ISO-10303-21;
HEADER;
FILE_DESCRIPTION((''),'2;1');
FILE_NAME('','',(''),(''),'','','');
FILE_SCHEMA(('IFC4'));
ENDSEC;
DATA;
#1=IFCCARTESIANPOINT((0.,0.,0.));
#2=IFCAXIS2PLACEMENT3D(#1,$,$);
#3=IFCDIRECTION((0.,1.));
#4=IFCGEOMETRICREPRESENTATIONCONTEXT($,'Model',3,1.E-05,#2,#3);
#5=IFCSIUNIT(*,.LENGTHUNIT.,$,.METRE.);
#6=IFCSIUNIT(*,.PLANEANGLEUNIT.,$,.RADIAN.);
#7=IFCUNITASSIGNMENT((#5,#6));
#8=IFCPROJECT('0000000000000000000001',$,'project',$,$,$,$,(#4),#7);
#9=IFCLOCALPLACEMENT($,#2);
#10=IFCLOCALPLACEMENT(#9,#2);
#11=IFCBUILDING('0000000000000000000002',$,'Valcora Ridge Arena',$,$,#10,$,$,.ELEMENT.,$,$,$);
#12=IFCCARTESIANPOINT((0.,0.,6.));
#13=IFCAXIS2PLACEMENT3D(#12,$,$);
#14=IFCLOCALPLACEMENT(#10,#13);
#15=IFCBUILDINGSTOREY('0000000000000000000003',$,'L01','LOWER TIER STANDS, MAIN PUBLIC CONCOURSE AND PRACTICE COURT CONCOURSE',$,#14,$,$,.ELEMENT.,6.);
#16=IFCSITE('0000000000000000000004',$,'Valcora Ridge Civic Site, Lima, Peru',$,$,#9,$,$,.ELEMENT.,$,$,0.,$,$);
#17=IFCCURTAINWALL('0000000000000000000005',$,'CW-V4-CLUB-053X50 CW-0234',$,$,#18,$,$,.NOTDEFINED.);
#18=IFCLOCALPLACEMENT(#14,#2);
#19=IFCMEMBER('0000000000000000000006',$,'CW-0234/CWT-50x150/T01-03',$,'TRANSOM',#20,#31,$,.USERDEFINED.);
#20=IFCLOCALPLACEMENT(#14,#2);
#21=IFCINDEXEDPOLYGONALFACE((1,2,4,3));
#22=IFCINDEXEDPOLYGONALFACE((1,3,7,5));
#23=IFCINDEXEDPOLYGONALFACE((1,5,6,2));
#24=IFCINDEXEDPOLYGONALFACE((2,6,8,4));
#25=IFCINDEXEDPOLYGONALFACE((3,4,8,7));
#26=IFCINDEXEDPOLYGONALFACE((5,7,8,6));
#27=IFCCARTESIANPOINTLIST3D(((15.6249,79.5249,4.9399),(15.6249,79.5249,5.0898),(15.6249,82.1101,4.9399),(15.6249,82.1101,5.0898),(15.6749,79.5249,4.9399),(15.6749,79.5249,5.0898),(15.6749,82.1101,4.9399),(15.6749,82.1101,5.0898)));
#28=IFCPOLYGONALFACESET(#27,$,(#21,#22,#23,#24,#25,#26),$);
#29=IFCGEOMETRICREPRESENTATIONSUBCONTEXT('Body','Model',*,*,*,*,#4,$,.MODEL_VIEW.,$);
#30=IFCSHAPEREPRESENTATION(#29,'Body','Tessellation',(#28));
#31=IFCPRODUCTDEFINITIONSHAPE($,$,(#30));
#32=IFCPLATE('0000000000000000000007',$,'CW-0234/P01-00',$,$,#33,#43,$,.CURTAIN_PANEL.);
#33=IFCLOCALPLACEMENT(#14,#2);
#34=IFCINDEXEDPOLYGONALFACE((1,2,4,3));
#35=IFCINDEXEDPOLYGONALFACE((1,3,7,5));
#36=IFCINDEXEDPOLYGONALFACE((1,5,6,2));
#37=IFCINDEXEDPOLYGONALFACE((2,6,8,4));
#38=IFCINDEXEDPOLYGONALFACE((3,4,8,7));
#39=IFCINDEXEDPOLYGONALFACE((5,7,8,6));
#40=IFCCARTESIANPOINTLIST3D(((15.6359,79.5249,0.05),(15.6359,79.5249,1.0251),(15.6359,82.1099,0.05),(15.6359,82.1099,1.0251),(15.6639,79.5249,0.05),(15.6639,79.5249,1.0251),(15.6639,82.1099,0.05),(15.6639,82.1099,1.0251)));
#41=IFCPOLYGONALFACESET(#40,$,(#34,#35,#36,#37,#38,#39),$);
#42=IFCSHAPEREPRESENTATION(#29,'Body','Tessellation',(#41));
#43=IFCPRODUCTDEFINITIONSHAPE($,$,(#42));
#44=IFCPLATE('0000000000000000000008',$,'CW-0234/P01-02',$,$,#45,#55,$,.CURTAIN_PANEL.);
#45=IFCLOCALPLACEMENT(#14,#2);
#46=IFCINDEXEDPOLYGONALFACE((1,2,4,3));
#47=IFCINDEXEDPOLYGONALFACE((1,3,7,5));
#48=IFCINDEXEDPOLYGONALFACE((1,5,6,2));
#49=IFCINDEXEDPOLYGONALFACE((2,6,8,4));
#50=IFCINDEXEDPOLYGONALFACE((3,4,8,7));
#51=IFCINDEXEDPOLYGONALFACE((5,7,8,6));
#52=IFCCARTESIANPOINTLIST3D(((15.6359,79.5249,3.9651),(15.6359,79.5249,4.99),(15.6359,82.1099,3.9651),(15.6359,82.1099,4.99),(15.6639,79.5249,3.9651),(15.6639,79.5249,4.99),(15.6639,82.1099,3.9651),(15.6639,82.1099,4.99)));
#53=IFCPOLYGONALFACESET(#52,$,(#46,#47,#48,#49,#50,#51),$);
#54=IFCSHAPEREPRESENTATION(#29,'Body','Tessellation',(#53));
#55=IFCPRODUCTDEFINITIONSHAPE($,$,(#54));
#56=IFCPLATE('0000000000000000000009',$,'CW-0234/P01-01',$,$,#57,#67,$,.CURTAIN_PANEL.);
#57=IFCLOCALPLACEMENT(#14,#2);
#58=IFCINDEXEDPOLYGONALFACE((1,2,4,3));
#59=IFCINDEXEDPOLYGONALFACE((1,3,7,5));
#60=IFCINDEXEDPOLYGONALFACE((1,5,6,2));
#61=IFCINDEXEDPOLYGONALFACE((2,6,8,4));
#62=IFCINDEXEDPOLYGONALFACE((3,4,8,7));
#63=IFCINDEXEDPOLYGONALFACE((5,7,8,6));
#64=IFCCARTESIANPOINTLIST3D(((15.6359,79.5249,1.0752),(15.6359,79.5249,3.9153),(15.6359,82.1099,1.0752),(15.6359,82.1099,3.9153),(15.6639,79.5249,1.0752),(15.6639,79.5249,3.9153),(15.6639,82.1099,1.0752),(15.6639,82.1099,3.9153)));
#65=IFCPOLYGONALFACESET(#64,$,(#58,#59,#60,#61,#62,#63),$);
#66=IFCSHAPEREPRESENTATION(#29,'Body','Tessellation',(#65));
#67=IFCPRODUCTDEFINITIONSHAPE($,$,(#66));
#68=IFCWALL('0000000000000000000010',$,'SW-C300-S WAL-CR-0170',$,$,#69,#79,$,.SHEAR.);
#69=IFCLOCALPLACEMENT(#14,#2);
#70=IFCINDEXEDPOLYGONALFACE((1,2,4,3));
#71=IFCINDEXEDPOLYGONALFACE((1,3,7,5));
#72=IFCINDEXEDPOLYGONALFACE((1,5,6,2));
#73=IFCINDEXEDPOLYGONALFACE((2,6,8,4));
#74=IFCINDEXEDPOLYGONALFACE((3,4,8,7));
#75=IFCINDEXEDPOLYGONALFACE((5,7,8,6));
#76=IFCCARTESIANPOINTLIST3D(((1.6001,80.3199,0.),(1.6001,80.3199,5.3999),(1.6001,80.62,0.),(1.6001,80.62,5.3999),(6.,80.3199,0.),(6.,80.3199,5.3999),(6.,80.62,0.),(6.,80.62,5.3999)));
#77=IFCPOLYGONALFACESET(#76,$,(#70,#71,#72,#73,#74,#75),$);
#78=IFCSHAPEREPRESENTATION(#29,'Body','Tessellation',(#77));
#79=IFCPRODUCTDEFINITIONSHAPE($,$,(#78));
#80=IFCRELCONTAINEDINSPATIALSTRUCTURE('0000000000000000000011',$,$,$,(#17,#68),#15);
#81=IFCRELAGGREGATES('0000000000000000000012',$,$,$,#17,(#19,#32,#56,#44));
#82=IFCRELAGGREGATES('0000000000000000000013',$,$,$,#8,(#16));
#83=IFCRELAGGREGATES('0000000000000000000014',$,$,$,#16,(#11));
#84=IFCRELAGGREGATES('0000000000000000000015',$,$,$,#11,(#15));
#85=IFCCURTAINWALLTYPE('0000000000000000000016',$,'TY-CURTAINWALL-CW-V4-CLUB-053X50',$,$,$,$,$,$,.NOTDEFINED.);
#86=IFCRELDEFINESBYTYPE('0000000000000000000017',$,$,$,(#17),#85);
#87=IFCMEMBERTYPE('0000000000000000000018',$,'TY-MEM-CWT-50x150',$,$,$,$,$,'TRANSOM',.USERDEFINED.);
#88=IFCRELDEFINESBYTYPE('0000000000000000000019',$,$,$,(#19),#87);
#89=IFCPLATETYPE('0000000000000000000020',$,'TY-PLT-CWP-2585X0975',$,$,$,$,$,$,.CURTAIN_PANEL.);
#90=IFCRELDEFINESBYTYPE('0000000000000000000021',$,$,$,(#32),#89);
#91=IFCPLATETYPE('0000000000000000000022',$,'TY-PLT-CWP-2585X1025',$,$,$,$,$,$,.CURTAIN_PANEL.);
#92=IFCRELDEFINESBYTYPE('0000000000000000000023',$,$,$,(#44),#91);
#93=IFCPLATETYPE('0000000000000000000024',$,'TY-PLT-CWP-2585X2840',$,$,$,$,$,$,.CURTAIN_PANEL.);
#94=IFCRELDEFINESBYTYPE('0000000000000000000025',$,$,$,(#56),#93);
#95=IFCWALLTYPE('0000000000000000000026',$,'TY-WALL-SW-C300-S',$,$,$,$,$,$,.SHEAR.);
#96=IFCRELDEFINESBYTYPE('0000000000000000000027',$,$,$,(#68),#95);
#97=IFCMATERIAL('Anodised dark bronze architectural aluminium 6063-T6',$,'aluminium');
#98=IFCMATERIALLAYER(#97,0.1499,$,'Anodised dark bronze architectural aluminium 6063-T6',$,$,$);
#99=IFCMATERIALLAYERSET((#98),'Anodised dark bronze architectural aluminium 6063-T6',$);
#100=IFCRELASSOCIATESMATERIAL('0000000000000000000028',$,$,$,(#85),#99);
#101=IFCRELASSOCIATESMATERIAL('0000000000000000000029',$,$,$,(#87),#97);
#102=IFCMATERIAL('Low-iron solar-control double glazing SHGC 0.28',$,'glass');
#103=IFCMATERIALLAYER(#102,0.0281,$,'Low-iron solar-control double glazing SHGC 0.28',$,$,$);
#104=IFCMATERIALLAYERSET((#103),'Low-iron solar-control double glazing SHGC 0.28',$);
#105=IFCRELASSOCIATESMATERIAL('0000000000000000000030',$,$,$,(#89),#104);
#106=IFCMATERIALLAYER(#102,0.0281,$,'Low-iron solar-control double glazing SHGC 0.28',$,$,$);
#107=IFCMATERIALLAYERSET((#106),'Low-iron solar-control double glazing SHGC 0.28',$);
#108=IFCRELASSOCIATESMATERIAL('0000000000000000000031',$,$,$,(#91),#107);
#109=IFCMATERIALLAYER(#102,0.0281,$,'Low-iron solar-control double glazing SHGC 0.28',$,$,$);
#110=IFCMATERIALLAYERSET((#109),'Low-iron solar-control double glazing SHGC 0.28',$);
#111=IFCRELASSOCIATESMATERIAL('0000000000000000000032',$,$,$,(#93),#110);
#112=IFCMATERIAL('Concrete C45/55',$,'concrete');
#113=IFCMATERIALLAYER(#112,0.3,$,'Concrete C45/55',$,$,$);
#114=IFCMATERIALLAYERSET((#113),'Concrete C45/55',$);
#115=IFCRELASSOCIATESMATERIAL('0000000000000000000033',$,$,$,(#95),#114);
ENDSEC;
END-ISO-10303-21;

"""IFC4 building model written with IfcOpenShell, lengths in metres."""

from ifc_helpers import new_model, si_unit, direction, frame, frame_2d, origin, origin_2d, place, context, subcontext, project, spatial, rectangle, extrude, material, layer, layer_set, material_profile, profile_set, type_object, element, aggregate, save


model = new_model("IFC4")

# Units and contexts
model_context = context("Model", 3, precision=1e-05, world=origin(), true_north=direction((0.0, 1.0)))
body_context = subcontext(model_context, "Body", "Model", "MODEL_VIEW")
ifc_project = project(units=[si_unit("LENGTHUNIT", "METRE"), si_unit("PLANEANGLEUNIT", "RADIAN")], contexts=[model_context])

# Site, building, storey
site_placement = place(None, origin())
site = spatial("IfcSite", under=ifc_project, at=site_placement, Name="Valcora Ridge Civic Site, Lima, Peru", CompositionType="ELEMENT", RefElevation=0.0)
building_placement = place(site_placement, origin())
building = spatial("IfcBuilding", under=site, at=building_placement, Name="Valcora Ridge Arena", CompositionType="ELEMENT")
storey_placement = place(building_placement, frame((0.0, 0.0, 6.0)))
storey = spatial("IfcBuildingStorey", under=building, at=storey_placement, Name="L01", Description="LOWER TIER STANDS, MAIN PUBLIC CONCOURSE AND PRACTICE COURT CONCOURSE", CompositionType="ELEMENT", Elevation=6.0)

# Curtain wall, member, plates
ifc_material_1 = material(Name="Anodised dark bronze architectural aluminium 6063-T6", Category="aluminium")
ifc_layer_1 = layer(ifc_material_1, 0.1499, Name="Anodised dark bronze architectural aluminium 6063-T6")
ifc_layer_set_1 = layer_set([ifc_layer_1], Name="Anodised dark bronze architectural aluminium 6063-T6")
curtain_wall_type = type_object("IfcCurtainWallType", Name="TY-CURTAINWALL-CW-V4-CLUB-053X50", PredefinedType="NOTDEFINED", material=ifc_layer_set_1)
curtain_wall_placement = place(storey_placement, origin())
curtain_wall = element("IfcCurtainWall", 1, at=curtain_wall_placement, inside=storey, type_object=curtain_wall_type, Name="CW-V4-CLUB-053X50 CW-0234", PredefinedType="NOTDEFINED")
ifc_material_profile_1 = material_profile(ifc_material_1, rectangle(XDim=0.05, YDim=0.1499, at=origin_2d()), Name="ALU TRANSOM 50x150")
ifc_profile_set_1 = profile_set([ifc_material_profile_1], Name="Anodised dark bronze architectural aluminium 6063-T6")
member_type_1 = type_object("IfcMemberType", Name="TY-MEM-CWT-50x150", ElementType="TRANSOM", PredefinedType="USERDEFINED", material=ifc_profile_set_1)
member_1_placement = place(storey_placement, frame((15.6499, 79.5249, 5.0149), z_axis=(0.0, 1.0, 0.0), x_axis=(-1.0, 0.0, 0.0)))
member_1 = element("IfcMember", 2, at=member_1_placement, type_object=member_type_1, Name="CW-0234/CWT-50x150/T01-03", ObjectType="TRANSOM", PredefinedType="USERDEFINED", context=body_context, shape_type="SweptSolid", body=[
    extrude(rectangle(XDim=0.05, YDim=0.1499, at=origin_2d()), origin(), (0.0, 0.0, 1.0), 2.5852),
])
ifc_material_2 = material(Name="Low-iron solar-control double glazing SHGC 0.28", Category="glass")
ifc_layer_2 = layer(ifc_material_2, 0.0281, Name="Low-iron solar-control double glazing SHGC 0.28")
ifc_layer_set_2 = layer_set([ifc_layer_2], Name="Low-iron solar-control double glazing SHGC 0.28")
plate_type_1 = type_object("IfcPlateType", Name="TY-PLT-CWP-2585X0975", PredefinedType="CURTAIN_PANEL", material=ifc_layer_set_2)
plate_1_placement = place(storey_placement, frame((15.6499, 80.8174, 0.05), z_axis=(0.0, 0.0, 1.0), x_axis=(0.0, 1.0, 0.0)))
plate_1 = element("IfcPlate", 3, at=plate_1_placement, type_object=plate_type_1, Name="CW-0234/P01-00", PredefinedType="CURTAIN_PANEL", context=body_context, shape_type="SweptSolid", body=[
    extrude(rectangle(XDim=2.585, YDim=0.0281, at=origin_2d()), origin(), (0.0, 0.0, 1.0), 0.9751),
])
ifc_layer_3 = layer(ifc_material_2, 0.0281, Name="Low-iron solar-control double glazing SHGC 0.28")
ifc_layer_set_3 = layer_set([ifc_layer_3], Name="Low-iron solar-control double glazing SHGC 0.28")
plate_type_2 = type_object("IfcPlateType", Name="TY-PLT-CWP-2585X1025", PredefinedType="CURTAIN_PANEL", material=ifc_layer_set_3)
plate_2_placement = place(storey_placement, frame((15.6499, 80.8174, 3.9651), z_axis=(0.0, 0.0, 1.0), x_axis=(0.0, 1.0, 0.0)))
plate_2 = element("IfcPlate", 4, at=plate_2_placement, type_object=plate_type_2, Name="CW-0234/P01-02", PredefinedType="CURTAIN_PANEL", context=body_context, shape_type="SweptSolid", body=[
    extrude(rectangle(XDim=2.585, YDim=0.0281, at=origin_2d()), origin(), (0.0, 0.0, 1.0), 1.0249),
])
ifc_layer_4 = layer(ifc_material_2, 0.0281, Name="Low-iron solar-control double glazing SHGC 0.28")
ifc_layer_set_4 = layer_set([ifc_layer_4], Name="Low-iron solar-control double glazing SHGC 0.28")
plate_type_3 = type_object("IfcPlateType", Name="TY-PLT-CWP-2585X2840", PredefinedType="CURTAIN_PANEL", material=ifc_layer_set_4)
plate_3_placement = place(storey_placement, frame((15.6499, 80.8174, 1.0752), z_axis=(0.0, 0.0, 1.0), x_axis=(0.0, 1.0, 0.0)))
plate_3 = element("IfcPlate", 5, at=plate_3_placement, type_object=plate_type_3, Name="CW-0234/P01-01", PredefinedType="CURTAIN_PANEL", context=body_context, shape_type="SweptSolid", body=[
    extrude(rectangle(XDim=2.585, YDim=0.0281, at=origin_2d()), origin(), (0.0, 0.0, 1.0), 2.8401),
])
aggregate(curtain_wall, [member_1, plate_1, plate_3, plate_2])

# Wall
ifc_material_3 = material(Name="Concrete C45/55", Category="concrete")
ifc_layer_5 = layer(ifc_material_3, 0.3, Name="Concrete C45/55")
ifc_layer_set_5 = layer_set([ifc_layer_5], Name="Concrete C45/55")
wall_type = type_object("IfcWallType", Name="TY-WALL-SW-C300-S", PredefinedType="SHEAR", material=ifc_layer_set_5)
wall_placement = place(storey_placement, frame((1.6001, 80.47, 0.0), z_axis=(0.0, 0.0, 1.0), x_axis=(1.0, 0.0, 0.0)))
element("IfcWall", 6, at=wall_placement, inside=storey, type_object=wall_type, Name="SW-C300-S WAL-CR-0170", PredefinedType="SHEAR", context=body_context, shape_type="SweptSolid", body=[
    extrude(rectangle(XDim=4.3999, YDim=0.3, at=frame_2d((2.2, 0.0))), origin(), (0.0, 0.0, 1.0), 5.3999),
])

save(model, "model.ifc")
